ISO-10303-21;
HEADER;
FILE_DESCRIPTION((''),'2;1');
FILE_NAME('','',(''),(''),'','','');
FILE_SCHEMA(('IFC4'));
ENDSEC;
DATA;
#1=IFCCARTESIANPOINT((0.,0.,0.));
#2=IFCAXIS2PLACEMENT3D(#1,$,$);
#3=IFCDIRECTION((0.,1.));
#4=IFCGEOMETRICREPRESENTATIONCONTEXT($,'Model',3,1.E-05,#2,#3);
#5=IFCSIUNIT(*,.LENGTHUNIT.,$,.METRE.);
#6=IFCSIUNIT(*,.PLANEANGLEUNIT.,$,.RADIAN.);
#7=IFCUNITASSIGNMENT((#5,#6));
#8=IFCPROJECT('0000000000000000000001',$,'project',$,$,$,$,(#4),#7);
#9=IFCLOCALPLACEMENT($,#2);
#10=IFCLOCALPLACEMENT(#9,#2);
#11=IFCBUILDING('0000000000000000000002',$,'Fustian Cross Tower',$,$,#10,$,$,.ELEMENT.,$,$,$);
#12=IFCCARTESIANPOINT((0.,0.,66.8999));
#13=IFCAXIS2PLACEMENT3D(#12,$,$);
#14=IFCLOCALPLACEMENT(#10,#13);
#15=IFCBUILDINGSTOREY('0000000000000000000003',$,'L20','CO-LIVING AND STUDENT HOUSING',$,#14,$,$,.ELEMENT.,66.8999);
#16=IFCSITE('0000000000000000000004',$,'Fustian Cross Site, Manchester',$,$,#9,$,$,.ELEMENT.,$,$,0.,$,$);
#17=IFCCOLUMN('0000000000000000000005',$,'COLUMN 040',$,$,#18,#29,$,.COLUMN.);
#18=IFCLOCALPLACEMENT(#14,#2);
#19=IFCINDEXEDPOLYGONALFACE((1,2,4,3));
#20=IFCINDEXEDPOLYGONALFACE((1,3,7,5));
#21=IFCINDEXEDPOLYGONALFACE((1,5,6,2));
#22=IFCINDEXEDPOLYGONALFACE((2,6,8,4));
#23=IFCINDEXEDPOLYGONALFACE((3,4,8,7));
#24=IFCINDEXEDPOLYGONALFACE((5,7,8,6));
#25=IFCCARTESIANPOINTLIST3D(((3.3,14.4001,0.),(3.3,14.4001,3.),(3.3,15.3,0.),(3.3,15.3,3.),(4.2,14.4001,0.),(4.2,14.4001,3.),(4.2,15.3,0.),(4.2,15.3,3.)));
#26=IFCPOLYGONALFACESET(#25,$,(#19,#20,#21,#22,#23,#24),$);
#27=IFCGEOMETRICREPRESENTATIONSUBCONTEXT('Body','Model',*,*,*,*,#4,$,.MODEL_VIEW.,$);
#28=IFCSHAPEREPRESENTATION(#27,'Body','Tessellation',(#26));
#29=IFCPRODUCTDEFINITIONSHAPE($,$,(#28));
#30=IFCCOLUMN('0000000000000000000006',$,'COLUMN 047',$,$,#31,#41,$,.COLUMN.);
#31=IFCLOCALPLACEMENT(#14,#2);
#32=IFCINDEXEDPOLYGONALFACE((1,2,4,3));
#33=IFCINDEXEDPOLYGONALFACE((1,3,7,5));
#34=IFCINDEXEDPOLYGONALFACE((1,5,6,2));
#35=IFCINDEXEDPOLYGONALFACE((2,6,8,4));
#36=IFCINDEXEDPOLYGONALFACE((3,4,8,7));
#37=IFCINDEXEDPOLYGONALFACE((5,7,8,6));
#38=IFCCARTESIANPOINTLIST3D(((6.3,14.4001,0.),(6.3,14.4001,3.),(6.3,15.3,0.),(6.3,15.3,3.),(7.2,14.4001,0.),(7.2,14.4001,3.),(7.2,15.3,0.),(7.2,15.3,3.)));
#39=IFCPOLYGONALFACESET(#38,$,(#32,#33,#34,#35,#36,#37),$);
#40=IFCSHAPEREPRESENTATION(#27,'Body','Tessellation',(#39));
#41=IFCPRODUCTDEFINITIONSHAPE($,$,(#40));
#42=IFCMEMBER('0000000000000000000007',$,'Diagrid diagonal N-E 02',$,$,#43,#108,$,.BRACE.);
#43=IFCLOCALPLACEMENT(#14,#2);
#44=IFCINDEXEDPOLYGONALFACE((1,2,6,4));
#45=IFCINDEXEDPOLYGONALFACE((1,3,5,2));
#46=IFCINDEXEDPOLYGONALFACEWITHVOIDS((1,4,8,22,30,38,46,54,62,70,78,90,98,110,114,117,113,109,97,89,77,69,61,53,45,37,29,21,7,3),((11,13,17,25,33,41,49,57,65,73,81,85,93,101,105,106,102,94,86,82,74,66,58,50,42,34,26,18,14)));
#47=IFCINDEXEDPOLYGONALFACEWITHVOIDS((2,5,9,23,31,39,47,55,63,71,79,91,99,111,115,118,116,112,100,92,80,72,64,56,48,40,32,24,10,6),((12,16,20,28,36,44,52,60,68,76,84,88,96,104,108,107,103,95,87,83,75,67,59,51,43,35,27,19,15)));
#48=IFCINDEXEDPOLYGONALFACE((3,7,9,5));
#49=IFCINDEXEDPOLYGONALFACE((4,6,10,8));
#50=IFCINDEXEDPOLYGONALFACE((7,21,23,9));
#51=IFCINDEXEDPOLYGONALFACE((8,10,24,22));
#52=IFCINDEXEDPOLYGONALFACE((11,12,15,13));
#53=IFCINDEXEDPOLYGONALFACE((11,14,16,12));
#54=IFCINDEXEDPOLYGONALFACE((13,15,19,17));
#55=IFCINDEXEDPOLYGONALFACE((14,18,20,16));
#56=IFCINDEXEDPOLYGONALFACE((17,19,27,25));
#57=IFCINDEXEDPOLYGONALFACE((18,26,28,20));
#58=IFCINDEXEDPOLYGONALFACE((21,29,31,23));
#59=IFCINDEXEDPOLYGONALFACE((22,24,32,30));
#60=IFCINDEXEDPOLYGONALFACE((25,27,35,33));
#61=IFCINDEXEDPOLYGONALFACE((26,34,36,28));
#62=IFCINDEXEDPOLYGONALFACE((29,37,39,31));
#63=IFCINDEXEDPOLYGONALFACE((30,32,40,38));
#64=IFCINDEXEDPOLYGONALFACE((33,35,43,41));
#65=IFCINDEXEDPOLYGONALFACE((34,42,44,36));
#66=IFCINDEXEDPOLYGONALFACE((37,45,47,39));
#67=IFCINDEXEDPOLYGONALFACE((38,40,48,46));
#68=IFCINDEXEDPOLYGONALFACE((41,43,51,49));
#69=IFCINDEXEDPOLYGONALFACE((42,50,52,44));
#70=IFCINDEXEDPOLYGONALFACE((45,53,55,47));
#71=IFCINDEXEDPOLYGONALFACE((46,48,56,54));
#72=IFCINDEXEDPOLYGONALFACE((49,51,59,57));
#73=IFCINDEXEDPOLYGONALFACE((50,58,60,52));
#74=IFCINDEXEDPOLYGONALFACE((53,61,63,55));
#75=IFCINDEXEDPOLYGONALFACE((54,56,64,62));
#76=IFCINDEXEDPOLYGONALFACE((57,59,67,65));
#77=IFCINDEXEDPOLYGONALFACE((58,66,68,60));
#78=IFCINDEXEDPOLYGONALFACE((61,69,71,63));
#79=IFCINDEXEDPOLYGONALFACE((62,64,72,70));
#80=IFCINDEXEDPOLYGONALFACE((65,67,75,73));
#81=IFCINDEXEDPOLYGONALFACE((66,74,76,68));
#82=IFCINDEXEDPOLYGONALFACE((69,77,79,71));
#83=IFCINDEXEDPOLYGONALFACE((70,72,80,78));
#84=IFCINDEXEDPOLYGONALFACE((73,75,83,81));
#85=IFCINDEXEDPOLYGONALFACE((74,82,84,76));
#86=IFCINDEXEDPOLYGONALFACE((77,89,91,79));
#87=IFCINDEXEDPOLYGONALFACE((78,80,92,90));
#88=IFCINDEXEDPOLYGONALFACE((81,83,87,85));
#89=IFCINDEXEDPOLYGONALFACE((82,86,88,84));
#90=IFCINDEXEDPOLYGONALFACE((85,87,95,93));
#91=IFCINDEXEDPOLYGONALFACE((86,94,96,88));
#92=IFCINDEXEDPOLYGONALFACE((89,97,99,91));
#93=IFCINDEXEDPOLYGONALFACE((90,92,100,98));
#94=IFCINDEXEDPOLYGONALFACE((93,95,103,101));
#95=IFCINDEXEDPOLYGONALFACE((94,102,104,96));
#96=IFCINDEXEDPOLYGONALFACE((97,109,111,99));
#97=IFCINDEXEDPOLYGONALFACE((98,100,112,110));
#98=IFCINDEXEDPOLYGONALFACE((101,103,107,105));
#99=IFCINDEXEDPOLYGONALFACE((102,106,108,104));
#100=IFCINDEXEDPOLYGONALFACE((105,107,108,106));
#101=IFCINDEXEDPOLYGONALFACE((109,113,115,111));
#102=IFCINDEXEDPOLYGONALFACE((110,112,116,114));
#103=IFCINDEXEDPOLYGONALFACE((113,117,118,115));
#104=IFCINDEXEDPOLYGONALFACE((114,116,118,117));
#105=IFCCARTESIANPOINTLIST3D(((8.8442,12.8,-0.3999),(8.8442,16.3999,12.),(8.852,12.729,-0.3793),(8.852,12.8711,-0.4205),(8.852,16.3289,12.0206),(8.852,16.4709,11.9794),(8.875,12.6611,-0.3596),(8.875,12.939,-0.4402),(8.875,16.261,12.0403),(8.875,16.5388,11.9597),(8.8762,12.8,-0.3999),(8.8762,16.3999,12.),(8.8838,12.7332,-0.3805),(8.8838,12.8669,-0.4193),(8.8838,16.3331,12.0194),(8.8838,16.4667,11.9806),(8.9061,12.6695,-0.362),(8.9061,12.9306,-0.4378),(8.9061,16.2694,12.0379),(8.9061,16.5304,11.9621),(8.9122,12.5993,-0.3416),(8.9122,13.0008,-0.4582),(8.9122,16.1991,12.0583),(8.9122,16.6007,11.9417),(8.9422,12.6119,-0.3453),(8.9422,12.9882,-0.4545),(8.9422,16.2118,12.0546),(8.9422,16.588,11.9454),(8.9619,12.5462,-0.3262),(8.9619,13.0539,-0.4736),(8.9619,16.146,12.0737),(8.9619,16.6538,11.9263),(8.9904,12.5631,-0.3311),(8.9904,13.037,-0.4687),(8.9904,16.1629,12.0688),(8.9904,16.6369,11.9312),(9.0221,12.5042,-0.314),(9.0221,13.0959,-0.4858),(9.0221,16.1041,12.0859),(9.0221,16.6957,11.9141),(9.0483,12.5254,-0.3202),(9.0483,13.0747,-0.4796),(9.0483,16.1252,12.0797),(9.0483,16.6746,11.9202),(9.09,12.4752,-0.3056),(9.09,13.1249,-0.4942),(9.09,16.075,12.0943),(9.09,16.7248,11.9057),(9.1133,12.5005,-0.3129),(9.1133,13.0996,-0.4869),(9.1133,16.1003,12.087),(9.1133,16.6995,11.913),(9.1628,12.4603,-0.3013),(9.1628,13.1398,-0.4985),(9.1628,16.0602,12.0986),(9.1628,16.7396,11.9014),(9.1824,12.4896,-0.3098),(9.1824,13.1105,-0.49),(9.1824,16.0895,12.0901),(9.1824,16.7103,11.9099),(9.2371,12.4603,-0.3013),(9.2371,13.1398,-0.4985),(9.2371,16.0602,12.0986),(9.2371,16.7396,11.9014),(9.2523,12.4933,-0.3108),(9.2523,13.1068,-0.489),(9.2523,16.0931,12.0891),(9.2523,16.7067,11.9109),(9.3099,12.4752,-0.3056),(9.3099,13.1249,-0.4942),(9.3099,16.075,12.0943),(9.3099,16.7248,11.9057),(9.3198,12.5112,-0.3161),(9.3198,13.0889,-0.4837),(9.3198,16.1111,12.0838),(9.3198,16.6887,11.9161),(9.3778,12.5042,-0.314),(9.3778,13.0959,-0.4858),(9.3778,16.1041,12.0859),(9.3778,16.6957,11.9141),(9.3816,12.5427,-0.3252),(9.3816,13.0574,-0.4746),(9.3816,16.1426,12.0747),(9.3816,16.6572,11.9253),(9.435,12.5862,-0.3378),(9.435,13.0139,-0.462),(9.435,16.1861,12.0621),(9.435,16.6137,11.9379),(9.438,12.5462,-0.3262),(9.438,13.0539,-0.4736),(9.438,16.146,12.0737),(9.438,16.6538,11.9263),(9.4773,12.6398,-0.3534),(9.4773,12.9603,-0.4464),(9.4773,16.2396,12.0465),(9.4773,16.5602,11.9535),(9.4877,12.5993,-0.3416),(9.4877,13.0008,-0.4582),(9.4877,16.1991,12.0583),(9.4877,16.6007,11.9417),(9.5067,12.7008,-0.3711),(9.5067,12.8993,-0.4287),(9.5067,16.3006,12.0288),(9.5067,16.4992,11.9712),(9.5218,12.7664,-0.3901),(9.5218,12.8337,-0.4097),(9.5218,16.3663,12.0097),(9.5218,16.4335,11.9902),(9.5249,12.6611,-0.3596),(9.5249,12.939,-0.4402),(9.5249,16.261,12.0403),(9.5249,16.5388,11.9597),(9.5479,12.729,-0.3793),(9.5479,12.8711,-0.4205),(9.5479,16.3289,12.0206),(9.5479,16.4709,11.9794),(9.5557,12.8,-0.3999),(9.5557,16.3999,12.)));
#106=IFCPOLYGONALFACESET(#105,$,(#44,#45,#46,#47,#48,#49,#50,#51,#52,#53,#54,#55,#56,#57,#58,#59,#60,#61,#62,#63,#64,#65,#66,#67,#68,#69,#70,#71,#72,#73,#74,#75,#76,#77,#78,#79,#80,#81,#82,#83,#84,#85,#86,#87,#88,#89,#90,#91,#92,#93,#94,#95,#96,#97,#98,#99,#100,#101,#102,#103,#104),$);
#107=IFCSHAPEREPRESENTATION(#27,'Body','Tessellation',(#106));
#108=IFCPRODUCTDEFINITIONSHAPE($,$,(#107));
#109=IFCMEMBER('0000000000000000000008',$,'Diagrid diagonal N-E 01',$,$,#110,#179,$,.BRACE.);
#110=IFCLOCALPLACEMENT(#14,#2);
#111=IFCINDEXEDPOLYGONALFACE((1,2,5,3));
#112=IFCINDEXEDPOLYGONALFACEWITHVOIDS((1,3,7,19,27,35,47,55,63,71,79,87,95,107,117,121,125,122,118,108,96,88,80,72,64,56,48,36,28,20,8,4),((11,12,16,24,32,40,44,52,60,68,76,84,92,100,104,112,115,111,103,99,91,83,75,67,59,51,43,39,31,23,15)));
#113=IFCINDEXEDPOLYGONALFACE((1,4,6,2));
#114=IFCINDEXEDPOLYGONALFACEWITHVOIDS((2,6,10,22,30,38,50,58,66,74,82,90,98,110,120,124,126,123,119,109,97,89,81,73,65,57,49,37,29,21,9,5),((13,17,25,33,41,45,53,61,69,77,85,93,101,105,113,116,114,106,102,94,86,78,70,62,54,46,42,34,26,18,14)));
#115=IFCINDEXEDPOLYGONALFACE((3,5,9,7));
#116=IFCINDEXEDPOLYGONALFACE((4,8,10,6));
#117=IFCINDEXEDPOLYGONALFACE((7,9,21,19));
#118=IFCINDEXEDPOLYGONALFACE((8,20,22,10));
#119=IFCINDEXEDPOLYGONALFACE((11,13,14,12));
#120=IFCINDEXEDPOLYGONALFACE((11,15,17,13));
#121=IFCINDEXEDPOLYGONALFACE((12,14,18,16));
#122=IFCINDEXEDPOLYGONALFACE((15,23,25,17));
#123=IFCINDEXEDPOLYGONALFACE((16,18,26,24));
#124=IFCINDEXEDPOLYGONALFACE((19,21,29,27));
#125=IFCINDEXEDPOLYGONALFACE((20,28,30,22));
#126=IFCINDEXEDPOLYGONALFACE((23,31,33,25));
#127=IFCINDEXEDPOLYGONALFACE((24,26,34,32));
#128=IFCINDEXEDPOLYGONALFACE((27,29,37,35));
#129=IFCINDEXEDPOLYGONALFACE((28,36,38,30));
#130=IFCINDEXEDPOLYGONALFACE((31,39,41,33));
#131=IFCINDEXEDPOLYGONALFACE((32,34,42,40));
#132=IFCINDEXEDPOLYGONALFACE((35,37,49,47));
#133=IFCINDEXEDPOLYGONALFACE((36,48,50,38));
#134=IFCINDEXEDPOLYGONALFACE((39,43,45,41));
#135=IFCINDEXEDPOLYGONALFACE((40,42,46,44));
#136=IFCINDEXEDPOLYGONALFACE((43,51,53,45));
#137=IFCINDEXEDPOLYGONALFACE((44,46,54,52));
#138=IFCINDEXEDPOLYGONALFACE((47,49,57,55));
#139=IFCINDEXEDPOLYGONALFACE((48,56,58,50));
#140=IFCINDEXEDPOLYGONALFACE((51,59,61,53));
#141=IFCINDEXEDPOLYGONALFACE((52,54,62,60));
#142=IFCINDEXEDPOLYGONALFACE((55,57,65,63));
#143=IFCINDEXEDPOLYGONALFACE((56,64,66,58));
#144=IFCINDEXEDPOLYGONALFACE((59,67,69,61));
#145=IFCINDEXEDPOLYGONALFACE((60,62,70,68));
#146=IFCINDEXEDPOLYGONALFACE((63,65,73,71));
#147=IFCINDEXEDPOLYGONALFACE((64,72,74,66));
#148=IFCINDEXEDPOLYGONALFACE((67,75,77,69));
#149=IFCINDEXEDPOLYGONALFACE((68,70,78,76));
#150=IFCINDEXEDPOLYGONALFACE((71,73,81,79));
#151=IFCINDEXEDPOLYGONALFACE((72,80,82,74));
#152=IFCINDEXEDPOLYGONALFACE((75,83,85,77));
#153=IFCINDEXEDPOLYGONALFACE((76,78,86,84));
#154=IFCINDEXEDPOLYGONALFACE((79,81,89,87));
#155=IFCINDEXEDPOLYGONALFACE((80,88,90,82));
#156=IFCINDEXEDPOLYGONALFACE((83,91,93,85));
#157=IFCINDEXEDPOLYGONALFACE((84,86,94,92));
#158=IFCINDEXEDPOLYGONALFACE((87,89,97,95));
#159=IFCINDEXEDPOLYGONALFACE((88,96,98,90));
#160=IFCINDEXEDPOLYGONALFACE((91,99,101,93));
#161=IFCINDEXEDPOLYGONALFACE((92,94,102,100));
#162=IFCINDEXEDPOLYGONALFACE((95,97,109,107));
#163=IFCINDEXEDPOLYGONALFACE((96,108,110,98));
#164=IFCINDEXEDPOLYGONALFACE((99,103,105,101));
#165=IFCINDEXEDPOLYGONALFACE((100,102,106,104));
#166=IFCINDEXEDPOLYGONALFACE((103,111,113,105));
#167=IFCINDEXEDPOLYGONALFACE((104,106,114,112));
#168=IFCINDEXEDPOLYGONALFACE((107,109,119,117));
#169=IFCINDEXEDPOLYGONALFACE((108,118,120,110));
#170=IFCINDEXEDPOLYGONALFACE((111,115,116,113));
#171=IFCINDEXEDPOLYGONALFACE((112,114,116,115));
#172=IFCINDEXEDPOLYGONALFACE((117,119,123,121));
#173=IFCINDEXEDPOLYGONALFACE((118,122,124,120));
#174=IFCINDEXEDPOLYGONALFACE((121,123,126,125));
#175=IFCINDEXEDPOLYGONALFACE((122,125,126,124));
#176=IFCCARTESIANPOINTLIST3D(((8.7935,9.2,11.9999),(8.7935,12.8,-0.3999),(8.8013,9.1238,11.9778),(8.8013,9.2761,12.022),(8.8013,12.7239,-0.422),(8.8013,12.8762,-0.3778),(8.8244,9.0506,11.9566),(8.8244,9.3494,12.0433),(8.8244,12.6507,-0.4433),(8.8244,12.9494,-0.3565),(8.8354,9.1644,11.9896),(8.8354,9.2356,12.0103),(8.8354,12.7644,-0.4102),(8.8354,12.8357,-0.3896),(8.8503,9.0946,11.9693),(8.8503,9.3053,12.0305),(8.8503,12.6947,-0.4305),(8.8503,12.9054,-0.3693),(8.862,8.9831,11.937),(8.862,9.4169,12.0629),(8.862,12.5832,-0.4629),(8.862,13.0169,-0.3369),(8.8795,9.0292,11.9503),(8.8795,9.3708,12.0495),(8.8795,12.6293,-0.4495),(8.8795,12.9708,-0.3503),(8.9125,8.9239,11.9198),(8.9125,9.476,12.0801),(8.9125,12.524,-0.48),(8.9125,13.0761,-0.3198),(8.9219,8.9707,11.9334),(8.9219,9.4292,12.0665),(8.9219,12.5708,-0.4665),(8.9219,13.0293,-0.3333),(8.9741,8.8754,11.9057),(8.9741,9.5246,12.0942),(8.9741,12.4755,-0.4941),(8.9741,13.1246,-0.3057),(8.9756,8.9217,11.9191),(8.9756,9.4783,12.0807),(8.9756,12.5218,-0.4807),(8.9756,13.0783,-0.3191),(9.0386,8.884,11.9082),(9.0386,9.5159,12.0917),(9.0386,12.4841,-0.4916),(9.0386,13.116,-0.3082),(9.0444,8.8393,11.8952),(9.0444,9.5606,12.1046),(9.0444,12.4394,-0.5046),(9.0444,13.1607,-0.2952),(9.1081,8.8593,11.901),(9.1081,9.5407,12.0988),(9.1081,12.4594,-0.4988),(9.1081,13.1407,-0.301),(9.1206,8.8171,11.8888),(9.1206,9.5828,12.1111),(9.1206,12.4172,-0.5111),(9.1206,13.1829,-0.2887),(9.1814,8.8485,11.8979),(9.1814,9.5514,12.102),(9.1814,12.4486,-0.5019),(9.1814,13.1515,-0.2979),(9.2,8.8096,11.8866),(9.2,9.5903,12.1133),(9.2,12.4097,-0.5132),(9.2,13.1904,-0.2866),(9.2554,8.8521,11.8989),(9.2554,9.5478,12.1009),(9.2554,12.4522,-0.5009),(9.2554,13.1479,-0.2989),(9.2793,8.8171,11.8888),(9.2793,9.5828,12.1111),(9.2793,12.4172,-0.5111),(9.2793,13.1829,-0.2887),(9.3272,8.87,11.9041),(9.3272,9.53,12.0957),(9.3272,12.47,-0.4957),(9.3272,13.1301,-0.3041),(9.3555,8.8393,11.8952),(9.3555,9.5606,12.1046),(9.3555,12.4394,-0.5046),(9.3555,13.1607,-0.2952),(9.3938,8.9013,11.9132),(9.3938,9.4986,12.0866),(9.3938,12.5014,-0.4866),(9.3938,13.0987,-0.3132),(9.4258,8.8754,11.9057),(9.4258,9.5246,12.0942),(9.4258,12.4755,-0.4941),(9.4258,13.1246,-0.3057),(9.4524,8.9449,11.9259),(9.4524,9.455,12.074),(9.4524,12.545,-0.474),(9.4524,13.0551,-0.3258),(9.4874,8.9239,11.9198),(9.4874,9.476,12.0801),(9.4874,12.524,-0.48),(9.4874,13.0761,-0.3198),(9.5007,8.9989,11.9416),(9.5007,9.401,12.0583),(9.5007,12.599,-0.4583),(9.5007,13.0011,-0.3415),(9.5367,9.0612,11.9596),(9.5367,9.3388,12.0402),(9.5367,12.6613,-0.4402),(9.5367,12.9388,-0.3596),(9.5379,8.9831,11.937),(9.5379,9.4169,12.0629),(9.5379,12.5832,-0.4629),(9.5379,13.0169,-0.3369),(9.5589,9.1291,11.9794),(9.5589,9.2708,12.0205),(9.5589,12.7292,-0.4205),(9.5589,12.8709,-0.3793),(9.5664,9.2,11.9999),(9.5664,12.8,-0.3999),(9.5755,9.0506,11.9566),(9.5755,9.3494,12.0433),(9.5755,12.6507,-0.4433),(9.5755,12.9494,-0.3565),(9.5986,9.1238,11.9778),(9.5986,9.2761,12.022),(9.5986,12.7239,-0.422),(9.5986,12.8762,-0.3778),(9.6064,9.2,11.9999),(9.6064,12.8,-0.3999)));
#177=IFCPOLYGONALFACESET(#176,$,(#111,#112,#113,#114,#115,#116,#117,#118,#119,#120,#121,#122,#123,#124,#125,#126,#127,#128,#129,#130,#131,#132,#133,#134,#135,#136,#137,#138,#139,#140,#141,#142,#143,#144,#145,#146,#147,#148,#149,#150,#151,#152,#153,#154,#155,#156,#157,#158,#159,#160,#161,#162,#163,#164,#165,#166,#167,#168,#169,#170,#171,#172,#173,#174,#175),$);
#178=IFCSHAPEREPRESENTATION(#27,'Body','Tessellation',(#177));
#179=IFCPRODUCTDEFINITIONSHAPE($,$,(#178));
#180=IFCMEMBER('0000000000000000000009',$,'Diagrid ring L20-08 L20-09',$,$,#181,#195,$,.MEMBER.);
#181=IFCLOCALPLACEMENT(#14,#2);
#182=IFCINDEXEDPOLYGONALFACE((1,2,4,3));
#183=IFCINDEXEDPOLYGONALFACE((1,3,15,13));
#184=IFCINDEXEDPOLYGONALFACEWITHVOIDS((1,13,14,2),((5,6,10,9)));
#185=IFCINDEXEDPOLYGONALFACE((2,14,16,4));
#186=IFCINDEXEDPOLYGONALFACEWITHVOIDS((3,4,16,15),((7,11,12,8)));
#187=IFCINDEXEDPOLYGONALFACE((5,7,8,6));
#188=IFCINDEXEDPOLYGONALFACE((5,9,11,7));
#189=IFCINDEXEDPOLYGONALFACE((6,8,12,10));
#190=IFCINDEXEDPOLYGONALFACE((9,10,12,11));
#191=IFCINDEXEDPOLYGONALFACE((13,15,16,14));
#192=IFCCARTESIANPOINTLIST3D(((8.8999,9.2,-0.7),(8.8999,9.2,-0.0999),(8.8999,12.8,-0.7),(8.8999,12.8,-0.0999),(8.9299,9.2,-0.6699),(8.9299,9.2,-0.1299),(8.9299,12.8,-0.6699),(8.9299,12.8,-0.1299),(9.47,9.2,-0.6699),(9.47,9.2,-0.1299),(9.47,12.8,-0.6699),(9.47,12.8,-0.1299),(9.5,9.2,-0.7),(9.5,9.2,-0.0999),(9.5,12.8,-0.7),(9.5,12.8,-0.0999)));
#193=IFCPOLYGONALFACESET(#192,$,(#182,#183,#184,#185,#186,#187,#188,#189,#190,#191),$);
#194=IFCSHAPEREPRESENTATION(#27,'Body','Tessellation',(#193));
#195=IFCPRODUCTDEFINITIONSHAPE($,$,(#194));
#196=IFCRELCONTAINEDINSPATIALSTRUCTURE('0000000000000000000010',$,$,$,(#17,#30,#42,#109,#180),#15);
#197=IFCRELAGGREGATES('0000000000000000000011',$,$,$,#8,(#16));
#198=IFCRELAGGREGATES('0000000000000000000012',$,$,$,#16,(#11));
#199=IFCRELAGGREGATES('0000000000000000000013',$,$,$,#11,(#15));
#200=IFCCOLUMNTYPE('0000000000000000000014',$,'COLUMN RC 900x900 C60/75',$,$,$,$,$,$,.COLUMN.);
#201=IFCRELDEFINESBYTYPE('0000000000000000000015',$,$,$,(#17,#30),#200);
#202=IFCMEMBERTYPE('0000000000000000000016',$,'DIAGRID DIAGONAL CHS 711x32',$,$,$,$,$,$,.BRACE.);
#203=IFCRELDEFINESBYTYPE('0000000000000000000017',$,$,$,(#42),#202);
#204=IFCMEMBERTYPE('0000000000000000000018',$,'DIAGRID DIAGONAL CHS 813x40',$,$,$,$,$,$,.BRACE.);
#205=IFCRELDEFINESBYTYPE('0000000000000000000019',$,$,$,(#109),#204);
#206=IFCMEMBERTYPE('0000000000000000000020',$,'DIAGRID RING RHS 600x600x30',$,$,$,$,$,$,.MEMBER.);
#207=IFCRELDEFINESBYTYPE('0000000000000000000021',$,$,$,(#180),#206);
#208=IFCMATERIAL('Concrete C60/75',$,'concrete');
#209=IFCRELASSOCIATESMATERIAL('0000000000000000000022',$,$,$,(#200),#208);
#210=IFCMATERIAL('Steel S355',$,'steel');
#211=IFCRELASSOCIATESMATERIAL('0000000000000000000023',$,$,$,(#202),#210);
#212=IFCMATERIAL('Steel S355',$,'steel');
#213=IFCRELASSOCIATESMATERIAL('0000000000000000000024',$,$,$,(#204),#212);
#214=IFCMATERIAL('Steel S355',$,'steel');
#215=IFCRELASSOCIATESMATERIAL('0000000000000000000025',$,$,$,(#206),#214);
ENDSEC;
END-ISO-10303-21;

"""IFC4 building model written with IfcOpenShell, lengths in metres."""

from ifc_helpers import new_model, si_unit, direction, frame, origin, origin_2d, place, context, subcontext, project, spatial, rectangle, hollow_rectangle, hollow_circle, extrude, material, material_profile, profile_set, type_object, element, save


model = new_model("IFC4")

# Units and contexts
model_context = context("Model", 3, precision=1e-05, world=origin(), true_north=direction((0.0, 1.0)))
body_context = subcontext(model_context, "Body", "Model", "MODEL_VIEW")
ifc_project = project(units=[si_unit("LENGTHUNIT", "METRE"), si_unit("PLANEANGLEUNIT", "RADIAN")], contexts=[model_context])

# Site, building, storey
site_placement = place(None, origin())
site = spatial("IfcSite", under=ifc_project, at=site_placement, Name="Fustian Cross Site, Manchester", CompositionType="ELEMENT", RefElevation=0.0)
building_placement = place(site_placement, origin())
building = spatial("IfcBuilding", under=site, at=building_placement, Name="Fustian Cross Tower", CompositionType="ELEMENT")
storey_placement = place(building_placement, frame((0.0, 0.0, 66.8999)))
storey = spatial("IfcBuildingStorey", under=building, at=storey_placement, Name="L20", Description="CO-LIVING AND STUDENT HOUSING", CompositionType="ELEMENT", Elevation=66.8999)

# Columns
ifc_material_1 = material(Name="Concrete C60/75", Category="concrete")
ifc_material_profile_1 = material_profile(ifc_material_1, rectangle(XDim=0.8999, YDim=0.8999, at=origin_2d()), Name="RC 900x900")
ifc_profile_set_1 = profile_set([ifc_material_profile_1], Name="Concrete C60/75")
column_type = type_object("IfcColumnType", Name="COLUMN RC 900x900 C60/75", PredefinedType="COLUMN", material=ifc_profile_set_1)
for number, where, z_axis, x_axis, name in (
    (1, (3.75, 14.8501, 0.0), (0.0, 0.0, 1.0), (1.0, 0.0, 0.0), "COLUMN 040"),
    (2, (6.75, 14.8501, 0.0), (0.0, 0.0, 1.0), (1.0, 0.0, 0.0), "COLUMN 047"),
):
    element("IfcColumn", number, at=place(storey_placement, frame(where, z_axis=z_axis, x_axis=x_axis)), inside=storey, type_object=column_type, Name=name, PredefinedType="COLUMN", context=body_context, shape_type="SweptSolid", body=[
        extrude(rectangle(XDim=0.8999, YDim=0.8999, at=origin_2d()), origin(), (0.0, 0.0, 1.0), 3.0),
    ])

# Members
ifc_material_2 = material(Name="Steel S355", Category="steel")
ifc_material_profile_2 = material_profile(ifc_material_2, hollow_circle(Radius=0.3557, WallThickness=0.032, at=origin_2d()), Name="CHS 711x32")
ifc_profile_set_2 = profile_set([ifc_material_profile_2], Name="Steel S355")
member_type_1 = type_object("IfcMemberType", Name="DIAGRID DIAGONAL CHS 711x32", PredefinedType="BRACE", material=ifc_profile_set_2)
member_1_placement = place(storey_placement, frame((9.2, 12.8, -0.3999), z_axis=(0.0, 0.278802, 0.960349), x_axis=(-1.0, 0.0, 0.0)))
element("IfcMember", 3, at=member_1_placement, inside=storey, type_object=member_type_1, Name="Diagrid diagonal N-E 02", PredefinedType="BRACE", context=body_context, shape_type="SweptSolid", body=[
    extrude(hollow_circle(Radius=0.3557, WallThickness=0.032, at=origin_2d()), origin(), (0.0, 0.0, 1.0), 12.9119),
])
ifc_material_3 = material(Name="Steel S355", Category="steel")
ifc_material_profile_3 = material_profile(ifc_material_3, hollow_circle(Radius=0.4065, WallThickness=0.04, at=origin_2d()), Name="CHS 813x40")
ifc_profile_set_3 = profile_set([ifc_material_profile_3], Name="Steel S355")
member_type_2 = type_object("IfcMemberType", Name="DIAGRID DIAGONAL CHS 813x40", PredefinedType="BRACE", material=ifc_profile_set_3)
member_2_placement = place(storey_placement, frame((9.2, 12.8, -0.3999), z_axis=(0.0, -0.278819, 0.960344), x_axis=(1.0, 0.0, 0.0)))
element("IfcMember", 4, at=member_2_placement, inside=storey, type_object=member_type_2, Name="Diagrid diagonal N-E 01", PredefinedType="BRACE", context=body_context, shape_type="SweptSolid", body=[
    extrude(hollow_circle(Radius=0.4065, WallThickness=0.04, at=origin_2d()), origin(), (0.0, 0.0, 1.0), 12.9119),
])
ifc_material_4 = material(Name="Steel S355", Category="steel")
ifc_material_profile_4 = material_profile(ifc_material_4, hollow_rectangle(XDim=0.6001, YDim=0.6001, WallThickness=0.03, at=origin_2d()), Name="RHS 600x600x30")
ifc_profile_set_4 = profile_set([ifc_material_profile_4], Name="Steel S355")
member_type_3 = type_object("IfcMemberType", Name="DIAGRID RING RHS 600x600x30", PredefinedType="MEMBER", material=ifc_profile_set_4)
member_3_placement = place(storey_placement, frame((9.2, 9.2, -0.3999), z_axis=(0.0, 1.0, 0.0), x_axis=(-1.0, 0.0, 0.0)))
element("IfcMember", 5, at=member_3_placement, inside=storey, type_object=member_type_3, Name="Diagrid ring L20-08 L20-09", PredefinedType="MEMBER", context=body_context, shape_type="SweptSolid", body=[
    extrude(hollow_rectangle(XDim=0.6001, YDim=0.6001, WallThickness=0.03, at=origin_2d()), origin(), (0.0, 0.0, 1.0), 3.6001),
])

save(model, "model.ifc")
